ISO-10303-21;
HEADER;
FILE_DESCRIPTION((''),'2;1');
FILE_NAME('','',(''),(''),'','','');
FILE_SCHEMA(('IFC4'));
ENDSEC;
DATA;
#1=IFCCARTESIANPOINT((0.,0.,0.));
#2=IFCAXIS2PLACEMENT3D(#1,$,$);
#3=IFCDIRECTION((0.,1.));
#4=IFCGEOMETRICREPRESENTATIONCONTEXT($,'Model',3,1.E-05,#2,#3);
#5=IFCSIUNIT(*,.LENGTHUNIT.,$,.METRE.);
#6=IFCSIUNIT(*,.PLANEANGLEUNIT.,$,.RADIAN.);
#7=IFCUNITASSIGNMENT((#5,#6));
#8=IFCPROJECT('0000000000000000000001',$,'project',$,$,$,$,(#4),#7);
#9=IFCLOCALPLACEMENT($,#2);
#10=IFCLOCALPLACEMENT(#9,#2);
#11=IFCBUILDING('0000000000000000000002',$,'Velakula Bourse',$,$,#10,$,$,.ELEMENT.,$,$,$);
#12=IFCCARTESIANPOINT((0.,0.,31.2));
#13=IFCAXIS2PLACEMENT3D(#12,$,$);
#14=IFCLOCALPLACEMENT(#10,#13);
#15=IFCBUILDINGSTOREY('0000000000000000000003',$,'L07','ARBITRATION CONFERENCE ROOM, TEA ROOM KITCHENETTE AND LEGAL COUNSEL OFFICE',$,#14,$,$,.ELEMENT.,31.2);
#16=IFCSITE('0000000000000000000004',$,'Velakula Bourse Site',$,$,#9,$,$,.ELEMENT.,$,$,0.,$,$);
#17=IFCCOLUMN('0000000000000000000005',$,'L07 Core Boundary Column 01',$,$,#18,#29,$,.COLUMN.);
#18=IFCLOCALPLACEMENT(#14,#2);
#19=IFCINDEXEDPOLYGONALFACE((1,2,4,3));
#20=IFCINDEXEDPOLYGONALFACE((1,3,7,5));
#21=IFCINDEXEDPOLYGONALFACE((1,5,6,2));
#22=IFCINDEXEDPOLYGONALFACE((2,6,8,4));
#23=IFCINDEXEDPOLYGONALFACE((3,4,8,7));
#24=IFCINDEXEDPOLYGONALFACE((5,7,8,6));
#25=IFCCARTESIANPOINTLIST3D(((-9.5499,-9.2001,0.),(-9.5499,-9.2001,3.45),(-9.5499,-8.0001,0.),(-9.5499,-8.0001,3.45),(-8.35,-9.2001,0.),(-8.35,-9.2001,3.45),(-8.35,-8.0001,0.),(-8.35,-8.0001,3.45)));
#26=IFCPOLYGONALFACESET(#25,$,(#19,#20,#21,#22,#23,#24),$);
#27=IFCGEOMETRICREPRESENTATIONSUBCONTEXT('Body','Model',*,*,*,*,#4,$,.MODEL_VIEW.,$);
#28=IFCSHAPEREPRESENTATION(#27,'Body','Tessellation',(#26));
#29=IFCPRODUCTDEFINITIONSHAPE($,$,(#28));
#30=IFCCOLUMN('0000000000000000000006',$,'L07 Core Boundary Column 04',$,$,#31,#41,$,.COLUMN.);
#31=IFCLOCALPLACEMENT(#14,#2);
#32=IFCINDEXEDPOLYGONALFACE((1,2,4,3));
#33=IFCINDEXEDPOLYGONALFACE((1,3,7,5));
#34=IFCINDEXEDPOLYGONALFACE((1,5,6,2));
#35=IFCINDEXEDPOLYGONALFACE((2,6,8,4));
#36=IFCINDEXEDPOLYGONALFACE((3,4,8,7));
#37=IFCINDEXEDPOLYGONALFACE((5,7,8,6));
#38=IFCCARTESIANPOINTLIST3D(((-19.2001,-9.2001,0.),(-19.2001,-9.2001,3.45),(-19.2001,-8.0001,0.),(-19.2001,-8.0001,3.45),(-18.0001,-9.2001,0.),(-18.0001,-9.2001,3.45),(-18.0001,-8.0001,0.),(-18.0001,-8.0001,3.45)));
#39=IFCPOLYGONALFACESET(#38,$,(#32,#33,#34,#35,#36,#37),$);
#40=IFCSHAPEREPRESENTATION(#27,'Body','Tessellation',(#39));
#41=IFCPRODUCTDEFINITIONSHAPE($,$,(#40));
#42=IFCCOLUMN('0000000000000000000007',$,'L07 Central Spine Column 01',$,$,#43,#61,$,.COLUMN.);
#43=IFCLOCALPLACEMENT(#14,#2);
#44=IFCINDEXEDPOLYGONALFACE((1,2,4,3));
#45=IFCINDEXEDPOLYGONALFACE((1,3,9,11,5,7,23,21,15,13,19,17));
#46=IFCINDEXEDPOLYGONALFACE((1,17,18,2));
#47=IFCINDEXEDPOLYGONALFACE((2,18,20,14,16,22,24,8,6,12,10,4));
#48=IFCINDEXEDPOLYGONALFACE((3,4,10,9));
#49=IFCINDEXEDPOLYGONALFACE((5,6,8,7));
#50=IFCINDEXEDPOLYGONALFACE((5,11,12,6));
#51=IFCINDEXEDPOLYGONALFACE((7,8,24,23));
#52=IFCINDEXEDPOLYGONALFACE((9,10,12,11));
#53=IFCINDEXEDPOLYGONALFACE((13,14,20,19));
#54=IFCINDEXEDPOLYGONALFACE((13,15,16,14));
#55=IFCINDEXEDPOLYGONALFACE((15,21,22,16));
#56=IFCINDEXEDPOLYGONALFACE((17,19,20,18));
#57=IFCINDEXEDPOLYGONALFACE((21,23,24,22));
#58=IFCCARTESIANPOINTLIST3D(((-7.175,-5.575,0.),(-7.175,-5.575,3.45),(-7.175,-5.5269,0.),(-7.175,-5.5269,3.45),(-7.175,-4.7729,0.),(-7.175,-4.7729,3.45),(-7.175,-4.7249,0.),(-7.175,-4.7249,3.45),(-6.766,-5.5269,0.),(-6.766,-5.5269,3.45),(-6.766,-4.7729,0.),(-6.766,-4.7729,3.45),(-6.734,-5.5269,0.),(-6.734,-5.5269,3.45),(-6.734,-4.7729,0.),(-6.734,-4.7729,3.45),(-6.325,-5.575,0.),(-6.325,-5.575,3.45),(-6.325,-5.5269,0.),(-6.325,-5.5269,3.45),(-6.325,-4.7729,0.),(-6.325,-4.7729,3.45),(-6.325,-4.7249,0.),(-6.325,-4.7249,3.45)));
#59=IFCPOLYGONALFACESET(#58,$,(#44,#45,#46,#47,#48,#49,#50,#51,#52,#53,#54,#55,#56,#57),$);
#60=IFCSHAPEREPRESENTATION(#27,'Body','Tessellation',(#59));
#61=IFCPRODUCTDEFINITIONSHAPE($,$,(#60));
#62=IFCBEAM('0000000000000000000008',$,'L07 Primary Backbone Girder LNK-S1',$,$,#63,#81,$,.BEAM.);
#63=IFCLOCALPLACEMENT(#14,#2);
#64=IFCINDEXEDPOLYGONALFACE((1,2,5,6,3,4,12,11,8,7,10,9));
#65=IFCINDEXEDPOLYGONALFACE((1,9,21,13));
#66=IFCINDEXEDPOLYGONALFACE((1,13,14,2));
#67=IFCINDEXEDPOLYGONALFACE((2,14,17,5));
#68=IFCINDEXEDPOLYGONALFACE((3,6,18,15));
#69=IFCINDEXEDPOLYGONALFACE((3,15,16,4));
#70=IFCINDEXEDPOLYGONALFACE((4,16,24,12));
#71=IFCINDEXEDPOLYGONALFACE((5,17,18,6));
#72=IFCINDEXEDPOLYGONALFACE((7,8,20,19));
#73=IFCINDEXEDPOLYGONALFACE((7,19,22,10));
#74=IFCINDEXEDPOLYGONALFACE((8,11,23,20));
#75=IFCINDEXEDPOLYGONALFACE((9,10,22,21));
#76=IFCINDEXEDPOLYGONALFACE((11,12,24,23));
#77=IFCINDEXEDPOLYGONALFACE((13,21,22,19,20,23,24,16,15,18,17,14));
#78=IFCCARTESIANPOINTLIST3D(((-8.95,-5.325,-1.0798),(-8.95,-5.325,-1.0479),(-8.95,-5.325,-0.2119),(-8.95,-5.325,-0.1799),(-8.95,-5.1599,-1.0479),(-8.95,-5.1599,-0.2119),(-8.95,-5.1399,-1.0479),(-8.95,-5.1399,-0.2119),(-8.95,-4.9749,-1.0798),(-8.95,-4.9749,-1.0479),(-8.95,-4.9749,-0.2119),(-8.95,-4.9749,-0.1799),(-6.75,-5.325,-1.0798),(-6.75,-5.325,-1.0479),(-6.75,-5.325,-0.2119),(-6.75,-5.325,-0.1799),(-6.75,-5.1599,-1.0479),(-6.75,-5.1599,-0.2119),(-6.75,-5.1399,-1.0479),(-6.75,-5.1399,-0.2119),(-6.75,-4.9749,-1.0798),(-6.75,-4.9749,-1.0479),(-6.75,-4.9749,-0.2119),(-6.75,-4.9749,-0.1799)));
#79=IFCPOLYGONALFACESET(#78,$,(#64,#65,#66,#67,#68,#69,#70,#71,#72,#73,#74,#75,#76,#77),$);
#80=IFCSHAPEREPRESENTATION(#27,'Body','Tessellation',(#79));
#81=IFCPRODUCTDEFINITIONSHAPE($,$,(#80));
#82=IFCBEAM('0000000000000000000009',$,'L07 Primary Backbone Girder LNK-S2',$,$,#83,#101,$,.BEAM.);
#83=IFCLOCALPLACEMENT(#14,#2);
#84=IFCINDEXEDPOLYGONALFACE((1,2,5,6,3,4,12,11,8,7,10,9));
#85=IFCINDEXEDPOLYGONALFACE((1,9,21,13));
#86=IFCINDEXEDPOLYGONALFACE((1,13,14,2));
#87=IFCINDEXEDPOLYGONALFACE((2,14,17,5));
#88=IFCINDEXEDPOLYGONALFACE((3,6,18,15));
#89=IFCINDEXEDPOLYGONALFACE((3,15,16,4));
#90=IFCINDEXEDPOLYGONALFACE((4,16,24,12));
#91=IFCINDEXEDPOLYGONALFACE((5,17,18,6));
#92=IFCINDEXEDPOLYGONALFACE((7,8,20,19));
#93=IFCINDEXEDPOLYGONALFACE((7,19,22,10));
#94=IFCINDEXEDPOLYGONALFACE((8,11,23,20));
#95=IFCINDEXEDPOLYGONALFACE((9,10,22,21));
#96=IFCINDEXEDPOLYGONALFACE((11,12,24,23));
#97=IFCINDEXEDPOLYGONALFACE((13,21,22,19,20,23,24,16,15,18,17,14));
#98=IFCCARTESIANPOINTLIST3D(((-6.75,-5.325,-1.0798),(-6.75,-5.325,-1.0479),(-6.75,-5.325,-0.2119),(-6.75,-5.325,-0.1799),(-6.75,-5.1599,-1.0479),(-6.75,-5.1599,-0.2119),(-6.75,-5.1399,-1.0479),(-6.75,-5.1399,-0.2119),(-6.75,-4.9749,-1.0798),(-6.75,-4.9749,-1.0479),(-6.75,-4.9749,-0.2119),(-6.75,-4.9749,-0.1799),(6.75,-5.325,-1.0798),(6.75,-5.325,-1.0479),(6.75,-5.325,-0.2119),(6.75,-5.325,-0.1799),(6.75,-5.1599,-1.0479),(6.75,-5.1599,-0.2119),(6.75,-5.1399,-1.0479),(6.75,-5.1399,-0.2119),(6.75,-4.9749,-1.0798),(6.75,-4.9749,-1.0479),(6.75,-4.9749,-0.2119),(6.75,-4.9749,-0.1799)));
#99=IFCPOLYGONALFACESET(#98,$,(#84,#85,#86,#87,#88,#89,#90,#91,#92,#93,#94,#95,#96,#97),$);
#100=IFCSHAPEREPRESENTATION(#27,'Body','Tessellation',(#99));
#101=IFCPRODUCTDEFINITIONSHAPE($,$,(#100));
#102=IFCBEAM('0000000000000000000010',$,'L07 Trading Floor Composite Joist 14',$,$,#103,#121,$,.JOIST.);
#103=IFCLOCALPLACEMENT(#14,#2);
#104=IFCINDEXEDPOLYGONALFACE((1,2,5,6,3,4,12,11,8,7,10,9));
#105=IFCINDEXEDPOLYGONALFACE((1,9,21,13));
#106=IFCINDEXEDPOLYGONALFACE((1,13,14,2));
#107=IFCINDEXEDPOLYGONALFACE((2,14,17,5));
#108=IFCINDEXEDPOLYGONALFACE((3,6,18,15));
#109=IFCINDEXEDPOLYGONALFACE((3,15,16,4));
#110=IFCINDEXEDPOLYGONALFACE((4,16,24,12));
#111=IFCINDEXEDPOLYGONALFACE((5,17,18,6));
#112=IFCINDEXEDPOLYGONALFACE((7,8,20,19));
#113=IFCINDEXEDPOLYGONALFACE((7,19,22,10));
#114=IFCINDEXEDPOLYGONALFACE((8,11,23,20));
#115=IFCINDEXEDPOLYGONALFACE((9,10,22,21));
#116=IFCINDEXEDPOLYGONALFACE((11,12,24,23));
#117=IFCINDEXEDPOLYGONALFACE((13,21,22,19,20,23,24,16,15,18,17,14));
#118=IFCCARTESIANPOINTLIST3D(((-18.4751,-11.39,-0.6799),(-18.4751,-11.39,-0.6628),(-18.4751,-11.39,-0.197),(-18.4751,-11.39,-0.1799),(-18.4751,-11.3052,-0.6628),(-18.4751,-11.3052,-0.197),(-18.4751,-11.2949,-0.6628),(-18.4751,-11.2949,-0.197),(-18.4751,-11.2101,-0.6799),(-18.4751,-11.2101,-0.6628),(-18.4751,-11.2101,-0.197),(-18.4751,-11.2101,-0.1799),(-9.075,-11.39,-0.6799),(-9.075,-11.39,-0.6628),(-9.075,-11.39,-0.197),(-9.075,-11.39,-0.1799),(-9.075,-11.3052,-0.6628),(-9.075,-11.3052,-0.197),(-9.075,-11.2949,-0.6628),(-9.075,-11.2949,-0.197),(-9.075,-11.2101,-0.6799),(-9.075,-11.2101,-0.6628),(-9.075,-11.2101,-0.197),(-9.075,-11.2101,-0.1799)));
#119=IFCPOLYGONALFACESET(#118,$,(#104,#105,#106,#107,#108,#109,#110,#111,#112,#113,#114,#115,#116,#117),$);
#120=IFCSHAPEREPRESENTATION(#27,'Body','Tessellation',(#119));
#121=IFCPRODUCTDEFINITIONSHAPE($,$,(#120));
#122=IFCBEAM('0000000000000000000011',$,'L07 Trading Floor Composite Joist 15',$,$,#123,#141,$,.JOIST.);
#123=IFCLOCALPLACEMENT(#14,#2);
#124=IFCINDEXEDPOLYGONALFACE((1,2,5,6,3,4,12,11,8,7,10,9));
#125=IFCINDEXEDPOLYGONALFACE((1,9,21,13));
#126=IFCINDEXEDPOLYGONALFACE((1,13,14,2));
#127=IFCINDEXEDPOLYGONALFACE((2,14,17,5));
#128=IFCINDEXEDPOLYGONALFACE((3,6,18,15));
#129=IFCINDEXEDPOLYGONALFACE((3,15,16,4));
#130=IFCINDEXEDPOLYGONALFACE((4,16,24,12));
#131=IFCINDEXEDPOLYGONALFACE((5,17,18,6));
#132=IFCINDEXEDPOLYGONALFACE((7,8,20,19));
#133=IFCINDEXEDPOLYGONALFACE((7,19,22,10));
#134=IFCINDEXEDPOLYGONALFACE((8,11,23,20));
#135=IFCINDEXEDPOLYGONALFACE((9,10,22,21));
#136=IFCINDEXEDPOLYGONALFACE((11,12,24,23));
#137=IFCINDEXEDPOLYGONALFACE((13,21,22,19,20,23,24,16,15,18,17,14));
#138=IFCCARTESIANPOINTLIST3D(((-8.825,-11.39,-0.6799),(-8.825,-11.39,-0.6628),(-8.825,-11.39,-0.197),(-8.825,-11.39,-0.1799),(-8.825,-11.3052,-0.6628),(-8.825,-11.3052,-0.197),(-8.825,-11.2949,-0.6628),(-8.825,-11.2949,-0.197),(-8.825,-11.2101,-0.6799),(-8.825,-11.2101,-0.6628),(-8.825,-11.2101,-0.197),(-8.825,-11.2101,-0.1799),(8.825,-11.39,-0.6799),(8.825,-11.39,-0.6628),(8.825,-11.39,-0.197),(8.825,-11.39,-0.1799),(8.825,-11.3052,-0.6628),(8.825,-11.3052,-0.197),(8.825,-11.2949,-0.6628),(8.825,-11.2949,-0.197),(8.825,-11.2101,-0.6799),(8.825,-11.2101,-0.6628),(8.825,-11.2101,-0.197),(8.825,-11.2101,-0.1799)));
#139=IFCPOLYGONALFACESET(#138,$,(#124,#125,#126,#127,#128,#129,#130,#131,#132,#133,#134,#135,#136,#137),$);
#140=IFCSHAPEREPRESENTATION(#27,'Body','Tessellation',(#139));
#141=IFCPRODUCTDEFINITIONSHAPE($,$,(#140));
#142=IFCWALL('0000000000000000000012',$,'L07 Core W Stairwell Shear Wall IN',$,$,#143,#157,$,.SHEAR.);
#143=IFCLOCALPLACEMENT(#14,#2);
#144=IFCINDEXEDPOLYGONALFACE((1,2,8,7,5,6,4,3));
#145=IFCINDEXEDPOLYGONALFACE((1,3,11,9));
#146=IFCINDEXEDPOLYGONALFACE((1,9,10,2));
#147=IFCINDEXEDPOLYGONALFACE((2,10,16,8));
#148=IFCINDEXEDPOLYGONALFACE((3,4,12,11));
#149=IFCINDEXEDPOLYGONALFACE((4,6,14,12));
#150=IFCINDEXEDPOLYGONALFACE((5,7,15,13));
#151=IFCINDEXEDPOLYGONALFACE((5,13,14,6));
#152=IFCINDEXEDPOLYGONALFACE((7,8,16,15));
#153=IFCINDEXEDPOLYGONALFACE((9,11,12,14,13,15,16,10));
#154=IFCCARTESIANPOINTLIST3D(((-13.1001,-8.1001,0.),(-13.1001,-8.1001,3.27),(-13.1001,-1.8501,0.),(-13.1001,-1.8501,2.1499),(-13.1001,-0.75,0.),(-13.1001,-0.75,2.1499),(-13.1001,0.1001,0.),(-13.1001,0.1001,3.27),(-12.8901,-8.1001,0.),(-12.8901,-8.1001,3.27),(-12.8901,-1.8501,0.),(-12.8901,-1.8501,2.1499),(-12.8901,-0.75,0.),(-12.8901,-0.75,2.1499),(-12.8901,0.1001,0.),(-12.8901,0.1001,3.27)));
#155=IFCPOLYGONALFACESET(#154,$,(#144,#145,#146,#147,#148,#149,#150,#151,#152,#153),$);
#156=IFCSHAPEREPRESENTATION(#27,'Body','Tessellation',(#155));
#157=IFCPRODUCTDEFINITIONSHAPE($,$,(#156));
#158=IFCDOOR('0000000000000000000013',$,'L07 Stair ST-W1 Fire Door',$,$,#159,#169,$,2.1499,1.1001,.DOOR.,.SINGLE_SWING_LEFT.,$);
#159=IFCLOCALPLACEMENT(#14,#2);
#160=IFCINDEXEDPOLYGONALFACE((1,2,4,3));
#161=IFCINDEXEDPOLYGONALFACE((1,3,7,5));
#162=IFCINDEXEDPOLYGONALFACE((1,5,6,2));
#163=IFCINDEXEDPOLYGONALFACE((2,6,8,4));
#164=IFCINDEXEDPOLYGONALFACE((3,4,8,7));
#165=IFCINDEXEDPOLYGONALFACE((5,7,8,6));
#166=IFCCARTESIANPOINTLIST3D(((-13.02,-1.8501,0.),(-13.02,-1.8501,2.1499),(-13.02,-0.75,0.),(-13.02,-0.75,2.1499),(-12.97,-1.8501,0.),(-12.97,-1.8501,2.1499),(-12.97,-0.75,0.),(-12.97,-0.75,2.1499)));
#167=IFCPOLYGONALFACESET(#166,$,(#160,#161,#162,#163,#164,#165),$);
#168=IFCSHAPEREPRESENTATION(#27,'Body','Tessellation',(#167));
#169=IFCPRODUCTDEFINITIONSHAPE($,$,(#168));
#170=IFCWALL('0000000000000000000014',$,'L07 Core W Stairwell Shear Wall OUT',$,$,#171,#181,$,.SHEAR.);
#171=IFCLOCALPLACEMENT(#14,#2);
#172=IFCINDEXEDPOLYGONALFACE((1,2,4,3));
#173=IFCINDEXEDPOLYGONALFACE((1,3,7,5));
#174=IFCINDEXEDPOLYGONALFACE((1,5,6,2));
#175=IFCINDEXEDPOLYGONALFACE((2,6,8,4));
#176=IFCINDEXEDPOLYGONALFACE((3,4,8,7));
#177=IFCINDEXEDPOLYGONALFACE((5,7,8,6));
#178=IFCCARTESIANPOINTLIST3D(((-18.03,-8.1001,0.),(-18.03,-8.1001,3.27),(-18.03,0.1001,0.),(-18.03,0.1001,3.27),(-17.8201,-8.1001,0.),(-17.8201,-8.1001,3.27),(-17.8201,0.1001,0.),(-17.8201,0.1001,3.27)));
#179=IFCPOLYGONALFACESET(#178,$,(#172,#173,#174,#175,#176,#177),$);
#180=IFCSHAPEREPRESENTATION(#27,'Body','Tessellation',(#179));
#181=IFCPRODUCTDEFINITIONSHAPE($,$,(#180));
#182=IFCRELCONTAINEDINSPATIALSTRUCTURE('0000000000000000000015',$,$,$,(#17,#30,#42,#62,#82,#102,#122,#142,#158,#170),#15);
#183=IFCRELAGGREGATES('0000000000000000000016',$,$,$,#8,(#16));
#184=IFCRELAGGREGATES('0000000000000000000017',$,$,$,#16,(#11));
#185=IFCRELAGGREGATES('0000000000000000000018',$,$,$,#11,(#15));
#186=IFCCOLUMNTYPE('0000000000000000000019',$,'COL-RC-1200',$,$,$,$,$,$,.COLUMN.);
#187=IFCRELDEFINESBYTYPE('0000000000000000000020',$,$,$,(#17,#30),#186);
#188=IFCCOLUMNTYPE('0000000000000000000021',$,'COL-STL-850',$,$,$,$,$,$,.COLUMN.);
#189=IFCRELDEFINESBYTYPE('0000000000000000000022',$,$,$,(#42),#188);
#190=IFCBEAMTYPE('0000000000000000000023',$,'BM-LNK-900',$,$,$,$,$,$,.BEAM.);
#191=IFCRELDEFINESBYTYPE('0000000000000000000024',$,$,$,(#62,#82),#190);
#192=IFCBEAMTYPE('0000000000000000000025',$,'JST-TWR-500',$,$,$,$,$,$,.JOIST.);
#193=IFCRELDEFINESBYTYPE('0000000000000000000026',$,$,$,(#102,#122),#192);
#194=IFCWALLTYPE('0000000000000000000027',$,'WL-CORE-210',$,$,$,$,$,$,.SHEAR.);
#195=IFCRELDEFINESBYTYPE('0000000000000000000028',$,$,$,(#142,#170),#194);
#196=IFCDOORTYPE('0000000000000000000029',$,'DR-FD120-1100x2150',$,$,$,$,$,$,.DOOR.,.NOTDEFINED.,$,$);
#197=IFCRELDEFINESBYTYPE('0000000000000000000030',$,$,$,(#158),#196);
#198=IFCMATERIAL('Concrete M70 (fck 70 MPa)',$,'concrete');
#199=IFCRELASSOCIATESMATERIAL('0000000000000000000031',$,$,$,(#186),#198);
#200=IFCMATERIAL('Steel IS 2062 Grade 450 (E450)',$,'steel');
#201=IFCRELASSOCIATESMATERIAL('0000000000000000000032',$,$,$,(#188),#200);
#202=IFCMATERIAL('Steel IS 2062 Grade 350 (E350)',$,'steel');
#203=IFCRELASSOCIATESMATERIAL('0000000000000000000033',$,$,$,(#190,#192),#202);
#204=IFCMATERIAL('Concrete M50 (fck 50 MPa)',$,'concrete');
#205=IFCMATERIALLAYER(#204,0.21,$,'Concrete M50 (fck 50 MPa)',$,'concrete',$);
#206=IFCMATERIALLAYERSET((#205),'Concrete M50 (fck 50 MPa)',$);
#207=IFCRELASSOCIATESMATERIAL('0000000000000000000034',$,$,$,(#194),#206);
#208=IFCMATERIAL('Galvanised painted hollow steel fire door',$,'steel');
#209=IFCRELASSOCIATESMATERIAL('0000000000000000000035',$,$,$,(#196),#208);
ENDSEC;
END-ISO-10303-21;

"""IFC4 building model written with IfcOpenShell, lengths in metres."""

from ifc_helpers import new_model, si_unit, direction, frame, frame_2d, origin, origin_2d, place, context, subcontext, project, spatial, rectangle, i_section, extrude, material, layer, layer_set, material_profile, profile_set, type_object, element, fill, save


model = new_model("IFC4")

# Units and contexts
model_context = context("Model", 3, precision=1e-05, world=origin(), true_north=direction((0.0, 1.0)))
body_context = subcontext(model_context, "Body", "Model", "MODEL_VIEW")
ifc_project = project(units=[si_unit("LENGTHUNIT", "METRE"), si_unit("PLANEANGLEUNIT", "RADIAN")], contexts=[model_context])

# Site, building, storey
site_placement = place(None, origin())
site = spatial("IfcSite", under=ifc_project, at=site_placement, Name="Velakula Bourse Site", CompositionType="ELEMENT", RefElevation=0.0)
building_placement = place(site_placement, origin())
building = spatial("IfcBuilding", under=site, at=building_placement, Name="Velakula Bourse", CompositionType="ELEMENT")
storey_placement = place(building_placement, frame((0.0, 0.0, 31.2)))
storey = spatial("IfcBuildingStorey", under=building, at=storey_placement, Name="L07", Description="ARBITRATION CONFERENCE ROOM, TEA ROOM KITCHENETTE AND LEGAL COUNSEL OFFICE", CompositionType="ELEMENT", Elevation=31.2)

# Columns
ifc_material_1 = material(Name="Concrete M70 (fck 70 MPa)", Category="concrete")
ifc_material_profile_1 = material_profile(ifc_material_1, rectangle(XDim=1.2, YDim=1.2, at=origin_2d()), Name="Concrete M70 (fck 70 MPa)")
ifc_profile_set_1 = profile_set([ifc_material_profile_1], Name="Concrete M70 (fck 70 MPa)")
column_type_1 = type_object("IfcColumnType", Name="COL-RC-1200", PredefinedType="COLUMN", material=ifc_profile_set_1)
for number, where, z_axis, x_axis, name in (
    (1, (-8.95, -8.6001, 0.0), (0.0, 0.0, 1.0), (1.0, 0.0, 0.0), "L07 Core Boundary Column 01"),
    (2, (-18.6001, -8.6001, 0.0), (0.0, 0.0, 1.0), (1.0, 0.0, 0.0), "L07 Core Boundary Column 04"),
):
    element("IfcColumn", number, at=place(storey_placement, frame(where, z_axis=z_axis, x_axis=x_axis)), inside=storey, type_object=column_type_1, Name=name, PredefinedType="COLUMN", context=body_context, shape_type="SweptSolid", body=[
        extrude(rectangle(XDim=1.2, YDim=1.2, at=origin_2d()), origin(), (0.0, 0.0, 1.0), 3.45),
    ])
ifc_material_2 = material(Name="Steel IS 2062 Grade 450 (E450)", Category="steel")
ifc_material_profile_2 = material_profile(ifc_material_2, i_section(OverallWidth=0.8501, OverallDepth=0.8501, WebThickness=0.032, FlangeThickness=0.0481, at=origin_2d()), Name="Steel IS 2062 Grade 450 (E450)")
ifc_profile_set_2 = profile_set([ifc_material_profile_2], Name="Steel IS 2062 Grade 450 (E450)")
column_type_2 = type_object("IfcColumnType", Name="COL-STL-850", PredefinedType="COLUMN", material=ifc_profile_set_2)
column_placement = place(storey_placement, frame((-6.75, -5.1499, 0.0), z_axis=(0.0, 0.0, 1.0), x_axis=(1.0, 0.0, 0.0)))
element("IfcColumn", 3, at=column_placement, inside=storey, type_object=column_type_2, Name="L07 Central Spine Column 01", PredefinedType="COLUMN", context=body_context, shape_type="SweptSolid", body=[
    extrude(i_section(OverallWidth=0.8501, OverallDepth=0.8501, WebThickness=0.032, FlangeThickness=0.0481, at=origin_2d()), origin(), (0.0, 0.0, 1.0), 3.45),
])

# Beams
ifc_material_3 = material(Name="Steel IS 2062 Grade 350 (E350)", Category="steel")
ifc_material_profile_3 = material_profile(ifc_material_3, i_section(OverallWidth=0.3501, OverallDepth=0.8999, WebThickness=0.02, FlangeThickness=0.032, at=origin_2d()), Name="Steel IS 2062 Grade 350 (E350)")
ifc_profile_set_3 = profile_set([ifc_material_profile_3], Name="Steel IS 2062 Grade 350 (E350)")
beam_type_1 = type_object("IfcBeamType", Name="BM-LNK-900", PredefinedType="BEAM", material=ifc_profile_set_3)
beam_1_placement = place(storey_placement, frame((-8.95, -5.1499, -0.6299), z_axis=(1.0, 0.0, 0.0), x_axis=(0.0, 1.0, 0.0)))
element("IfcBeam", 4, at=beam_1_placement, inside=storey, type_object=beam_type_1, Name="L07 Primary Backbone Girder LNK-S1", PredefinedType="BEAM", context=body_context, shape_type="SweptSolid", body=[
    extrude(i_section(OverallWidth=0.3501, OverallDepth=0.8999, WebThickness=0.02, FlangeThickness=0.032, at=origin_2d()), origin(), (0.0, 0.0, 1.0), 2.2),
])
beam_2_placement = place(storey_placement, frame((-6.75, -5.1499, -0.6299), z_axis=(1.0, 0.0, 0.0), x_axis=(0.0, 1.0, 0.0)))
element("IfcBeam", 5, at=beam_2_placement, inside=storey, type_object=beam_type_1, Name="L07 Primary Backbone Girder LNK-S2", PredefinedType="BEAM", context=body_context, shape_type="SweptSolid", body=[
    extrude(i_section(OverallWidth=0.3501, OverallDepth=0.8999, WebThickness=0.02, FlangeThickness=0.032, at=origin_2d()), origin(), (0.0, 0.0, 1.0), 13.5),
])
ifc_material_profile_4 = material_profile(ifc_material_3, i_section(OverallWidth=0.1799, OverallDepth=0.5, WebThickness=0.0103, FlangeThickness=0.0171, at=origin_2d()), Name="Steel IS 2062 Grade 350 (E350)")
ifc_profile_set_4 = profile_set([ifc_material_profile_4], Name="Steel IS 2062 Grade 350 (E350)")
beam_type_2 = type_object("IfcBeamType", Name="JST-TWR-500", PredefinedType="JOIST", material=ifc_profile_set_4)
beam_3_placement = place(storey_placement, frame((-18.4751, -11.3, -0.4299), z_axis=(1.0, 0.0, 0.0), x_axis=(0.0, 1.0, 0.0)))
element("IfcBeam", 6, at=beam_3_placement, inside=storey, type_object=beam_type_2, Name="L07 Trading Floor Composite Joist 14", PredefinedType="JOIST", context=body_context, shape_type="SweptSolid", body=[
    extrude(i_section(OverallWidth=0.1799, OverallDepth=0.5, WebThickness=0.0103, FlangeThickness=0.0171, at=origin_2d()), origin(), (0.0, 0.0, 1.0), 9.4001),
])
beam_4_placement = place(storey_placement, frame((-8.825, -11.3, -0.4299), z_axis=(1.0, 0.0, 0.0), x_axis=(0.0, 1.0, 0.0)))
element("IfcBeam", 7, at=beam_4_placement, inside=storey, type_object=beam_type_2, Name="L07 Trading Floor Composite Joist 15", PredefinedType="JOIST", context=body_context, shape_type="SweptSolid", body=[
    extrude(i_section(OverallWidth=0.1799, OverallDepth=0.5, WebThickness=0.0103, FlangeThickness=0.0171, at=origin_2d()), origin(), (0.0, 0.0, 1.0), 17.6499),
])

# Wall, opening, door
ifc_material_4 = material(Name="Concrete M50 (fck 50 MPa)", Category="concrete")
ifc_layer_1 = layer(ifc_material_4, 0.21, Name="Concrete M50 (fck 50 MPa)", Category="concrete")
ifc_layer_set_1 = layer_set([ifc_layer_1], Name="Concrete M50 (fck 50 MPa)")
wall_type_1 = type_object("IfcWallType", Name="WL-CORE-210", PredefinedType="SHEAR", material=ifc_layer_set_1)
wall_1_placement = place(storey_placement, frame((-12.9951, -8.1001, 0.0), z_axis=(0.0, 0.0, 1.0), x_axis=(0.0, 1.0, 0.0)))
wall_1 = element("IfcWall", 8, at=wall_1_placement, inside=storey, type_object=wall_type_1, Name="L07 Core W Stairwell Shear Wall IN", PredefinedType="SHEAR", context=body_context, shape_type="SweptSolid", body=[
    extrude(rectangle(XDim=8.2002, YDim=0.21, at=frame_2d((4.1001, 0.0))), origin(), (0.0, 0.0, 1.0), 3.27),
])
opening_1_placement = place(wall_1_placement, frame((6.25, 0.0, 0.0)))
opening_1 = element("IfcOpeningElement", 9, at=opening_1_placement, cuts=wall_1, PredefinedType="OPENING", context=body_context, shape_type="SweptSolid", body=[
    extrude(rectangle(XDim=1.1001, YDim=2.1499, at=frame_2d((0.55, 1.075))), frame((0.0, 0.115, 0.0), z_axis=(0.0, -1.0, 0.0), x_axis=(1.0, 0.0, 0.0)), (0.0, 0.0, 1.0), 0.23),
])
ifc_material_5 = material(Name="Galvanised painted hollow steel fire door", Category="steel")
door_type_1 = type_object("IfcDoorType", Name="DR-FD120-1100x2150", OperationType="NOTDEFINED", PredefinedType="DOOR", material=ifc_material_5)
door_1_placement = place(opening_1_placement, origin())
door_1 = element("IfcDoor", 10, at=door_1_placement, inside=storey, type_object=door_type_1, Name="L07 Stair ST-W1 Fire Door", OperationType="SINGLE_SWING_LEFT", OverallHeight=2.1499, OverallWidth=1.1001, PredefinedType="DOOR", context=body_context, shape_type="SweptSolid", body=[
    extrude(rectangle(XDim=1.1001, YDim=2.1499, at=frame_2d((0.55, 1.075))), frame((0.0, 0.0249, 0.0), z_axis=(0.0, -1.0, 0.0), x_axis=(1.0, 0.0, 0.0)), (0.0, 0.0, 1.0), 0.05),
])
fill(opening_1, door_1)

# Wall
wall_2_placement = place(storey_placement, frame((-17.925, -8.1001, 0.0), z_axis=(0.0, 0.0, 1.0), x_axis=(0.0, 1.0, 0.0)))
element("IfcWall", 11, at=wall_2_placement, inside=storey, type_object=wall_type_1, Name="L07 Core W Stairwell Shear Wall OUT", PredefinedType="SHEAR", context=body_context, shape_type="SweptSolid", body=[
    extrude(rectangle(XDim=8.2002, YDim=0.21, at=frame_2d((4.1001, 0.0))), origin(), (0.0, 0.0, 1.0), 3.27),
])

save(model, "model.ifc")
